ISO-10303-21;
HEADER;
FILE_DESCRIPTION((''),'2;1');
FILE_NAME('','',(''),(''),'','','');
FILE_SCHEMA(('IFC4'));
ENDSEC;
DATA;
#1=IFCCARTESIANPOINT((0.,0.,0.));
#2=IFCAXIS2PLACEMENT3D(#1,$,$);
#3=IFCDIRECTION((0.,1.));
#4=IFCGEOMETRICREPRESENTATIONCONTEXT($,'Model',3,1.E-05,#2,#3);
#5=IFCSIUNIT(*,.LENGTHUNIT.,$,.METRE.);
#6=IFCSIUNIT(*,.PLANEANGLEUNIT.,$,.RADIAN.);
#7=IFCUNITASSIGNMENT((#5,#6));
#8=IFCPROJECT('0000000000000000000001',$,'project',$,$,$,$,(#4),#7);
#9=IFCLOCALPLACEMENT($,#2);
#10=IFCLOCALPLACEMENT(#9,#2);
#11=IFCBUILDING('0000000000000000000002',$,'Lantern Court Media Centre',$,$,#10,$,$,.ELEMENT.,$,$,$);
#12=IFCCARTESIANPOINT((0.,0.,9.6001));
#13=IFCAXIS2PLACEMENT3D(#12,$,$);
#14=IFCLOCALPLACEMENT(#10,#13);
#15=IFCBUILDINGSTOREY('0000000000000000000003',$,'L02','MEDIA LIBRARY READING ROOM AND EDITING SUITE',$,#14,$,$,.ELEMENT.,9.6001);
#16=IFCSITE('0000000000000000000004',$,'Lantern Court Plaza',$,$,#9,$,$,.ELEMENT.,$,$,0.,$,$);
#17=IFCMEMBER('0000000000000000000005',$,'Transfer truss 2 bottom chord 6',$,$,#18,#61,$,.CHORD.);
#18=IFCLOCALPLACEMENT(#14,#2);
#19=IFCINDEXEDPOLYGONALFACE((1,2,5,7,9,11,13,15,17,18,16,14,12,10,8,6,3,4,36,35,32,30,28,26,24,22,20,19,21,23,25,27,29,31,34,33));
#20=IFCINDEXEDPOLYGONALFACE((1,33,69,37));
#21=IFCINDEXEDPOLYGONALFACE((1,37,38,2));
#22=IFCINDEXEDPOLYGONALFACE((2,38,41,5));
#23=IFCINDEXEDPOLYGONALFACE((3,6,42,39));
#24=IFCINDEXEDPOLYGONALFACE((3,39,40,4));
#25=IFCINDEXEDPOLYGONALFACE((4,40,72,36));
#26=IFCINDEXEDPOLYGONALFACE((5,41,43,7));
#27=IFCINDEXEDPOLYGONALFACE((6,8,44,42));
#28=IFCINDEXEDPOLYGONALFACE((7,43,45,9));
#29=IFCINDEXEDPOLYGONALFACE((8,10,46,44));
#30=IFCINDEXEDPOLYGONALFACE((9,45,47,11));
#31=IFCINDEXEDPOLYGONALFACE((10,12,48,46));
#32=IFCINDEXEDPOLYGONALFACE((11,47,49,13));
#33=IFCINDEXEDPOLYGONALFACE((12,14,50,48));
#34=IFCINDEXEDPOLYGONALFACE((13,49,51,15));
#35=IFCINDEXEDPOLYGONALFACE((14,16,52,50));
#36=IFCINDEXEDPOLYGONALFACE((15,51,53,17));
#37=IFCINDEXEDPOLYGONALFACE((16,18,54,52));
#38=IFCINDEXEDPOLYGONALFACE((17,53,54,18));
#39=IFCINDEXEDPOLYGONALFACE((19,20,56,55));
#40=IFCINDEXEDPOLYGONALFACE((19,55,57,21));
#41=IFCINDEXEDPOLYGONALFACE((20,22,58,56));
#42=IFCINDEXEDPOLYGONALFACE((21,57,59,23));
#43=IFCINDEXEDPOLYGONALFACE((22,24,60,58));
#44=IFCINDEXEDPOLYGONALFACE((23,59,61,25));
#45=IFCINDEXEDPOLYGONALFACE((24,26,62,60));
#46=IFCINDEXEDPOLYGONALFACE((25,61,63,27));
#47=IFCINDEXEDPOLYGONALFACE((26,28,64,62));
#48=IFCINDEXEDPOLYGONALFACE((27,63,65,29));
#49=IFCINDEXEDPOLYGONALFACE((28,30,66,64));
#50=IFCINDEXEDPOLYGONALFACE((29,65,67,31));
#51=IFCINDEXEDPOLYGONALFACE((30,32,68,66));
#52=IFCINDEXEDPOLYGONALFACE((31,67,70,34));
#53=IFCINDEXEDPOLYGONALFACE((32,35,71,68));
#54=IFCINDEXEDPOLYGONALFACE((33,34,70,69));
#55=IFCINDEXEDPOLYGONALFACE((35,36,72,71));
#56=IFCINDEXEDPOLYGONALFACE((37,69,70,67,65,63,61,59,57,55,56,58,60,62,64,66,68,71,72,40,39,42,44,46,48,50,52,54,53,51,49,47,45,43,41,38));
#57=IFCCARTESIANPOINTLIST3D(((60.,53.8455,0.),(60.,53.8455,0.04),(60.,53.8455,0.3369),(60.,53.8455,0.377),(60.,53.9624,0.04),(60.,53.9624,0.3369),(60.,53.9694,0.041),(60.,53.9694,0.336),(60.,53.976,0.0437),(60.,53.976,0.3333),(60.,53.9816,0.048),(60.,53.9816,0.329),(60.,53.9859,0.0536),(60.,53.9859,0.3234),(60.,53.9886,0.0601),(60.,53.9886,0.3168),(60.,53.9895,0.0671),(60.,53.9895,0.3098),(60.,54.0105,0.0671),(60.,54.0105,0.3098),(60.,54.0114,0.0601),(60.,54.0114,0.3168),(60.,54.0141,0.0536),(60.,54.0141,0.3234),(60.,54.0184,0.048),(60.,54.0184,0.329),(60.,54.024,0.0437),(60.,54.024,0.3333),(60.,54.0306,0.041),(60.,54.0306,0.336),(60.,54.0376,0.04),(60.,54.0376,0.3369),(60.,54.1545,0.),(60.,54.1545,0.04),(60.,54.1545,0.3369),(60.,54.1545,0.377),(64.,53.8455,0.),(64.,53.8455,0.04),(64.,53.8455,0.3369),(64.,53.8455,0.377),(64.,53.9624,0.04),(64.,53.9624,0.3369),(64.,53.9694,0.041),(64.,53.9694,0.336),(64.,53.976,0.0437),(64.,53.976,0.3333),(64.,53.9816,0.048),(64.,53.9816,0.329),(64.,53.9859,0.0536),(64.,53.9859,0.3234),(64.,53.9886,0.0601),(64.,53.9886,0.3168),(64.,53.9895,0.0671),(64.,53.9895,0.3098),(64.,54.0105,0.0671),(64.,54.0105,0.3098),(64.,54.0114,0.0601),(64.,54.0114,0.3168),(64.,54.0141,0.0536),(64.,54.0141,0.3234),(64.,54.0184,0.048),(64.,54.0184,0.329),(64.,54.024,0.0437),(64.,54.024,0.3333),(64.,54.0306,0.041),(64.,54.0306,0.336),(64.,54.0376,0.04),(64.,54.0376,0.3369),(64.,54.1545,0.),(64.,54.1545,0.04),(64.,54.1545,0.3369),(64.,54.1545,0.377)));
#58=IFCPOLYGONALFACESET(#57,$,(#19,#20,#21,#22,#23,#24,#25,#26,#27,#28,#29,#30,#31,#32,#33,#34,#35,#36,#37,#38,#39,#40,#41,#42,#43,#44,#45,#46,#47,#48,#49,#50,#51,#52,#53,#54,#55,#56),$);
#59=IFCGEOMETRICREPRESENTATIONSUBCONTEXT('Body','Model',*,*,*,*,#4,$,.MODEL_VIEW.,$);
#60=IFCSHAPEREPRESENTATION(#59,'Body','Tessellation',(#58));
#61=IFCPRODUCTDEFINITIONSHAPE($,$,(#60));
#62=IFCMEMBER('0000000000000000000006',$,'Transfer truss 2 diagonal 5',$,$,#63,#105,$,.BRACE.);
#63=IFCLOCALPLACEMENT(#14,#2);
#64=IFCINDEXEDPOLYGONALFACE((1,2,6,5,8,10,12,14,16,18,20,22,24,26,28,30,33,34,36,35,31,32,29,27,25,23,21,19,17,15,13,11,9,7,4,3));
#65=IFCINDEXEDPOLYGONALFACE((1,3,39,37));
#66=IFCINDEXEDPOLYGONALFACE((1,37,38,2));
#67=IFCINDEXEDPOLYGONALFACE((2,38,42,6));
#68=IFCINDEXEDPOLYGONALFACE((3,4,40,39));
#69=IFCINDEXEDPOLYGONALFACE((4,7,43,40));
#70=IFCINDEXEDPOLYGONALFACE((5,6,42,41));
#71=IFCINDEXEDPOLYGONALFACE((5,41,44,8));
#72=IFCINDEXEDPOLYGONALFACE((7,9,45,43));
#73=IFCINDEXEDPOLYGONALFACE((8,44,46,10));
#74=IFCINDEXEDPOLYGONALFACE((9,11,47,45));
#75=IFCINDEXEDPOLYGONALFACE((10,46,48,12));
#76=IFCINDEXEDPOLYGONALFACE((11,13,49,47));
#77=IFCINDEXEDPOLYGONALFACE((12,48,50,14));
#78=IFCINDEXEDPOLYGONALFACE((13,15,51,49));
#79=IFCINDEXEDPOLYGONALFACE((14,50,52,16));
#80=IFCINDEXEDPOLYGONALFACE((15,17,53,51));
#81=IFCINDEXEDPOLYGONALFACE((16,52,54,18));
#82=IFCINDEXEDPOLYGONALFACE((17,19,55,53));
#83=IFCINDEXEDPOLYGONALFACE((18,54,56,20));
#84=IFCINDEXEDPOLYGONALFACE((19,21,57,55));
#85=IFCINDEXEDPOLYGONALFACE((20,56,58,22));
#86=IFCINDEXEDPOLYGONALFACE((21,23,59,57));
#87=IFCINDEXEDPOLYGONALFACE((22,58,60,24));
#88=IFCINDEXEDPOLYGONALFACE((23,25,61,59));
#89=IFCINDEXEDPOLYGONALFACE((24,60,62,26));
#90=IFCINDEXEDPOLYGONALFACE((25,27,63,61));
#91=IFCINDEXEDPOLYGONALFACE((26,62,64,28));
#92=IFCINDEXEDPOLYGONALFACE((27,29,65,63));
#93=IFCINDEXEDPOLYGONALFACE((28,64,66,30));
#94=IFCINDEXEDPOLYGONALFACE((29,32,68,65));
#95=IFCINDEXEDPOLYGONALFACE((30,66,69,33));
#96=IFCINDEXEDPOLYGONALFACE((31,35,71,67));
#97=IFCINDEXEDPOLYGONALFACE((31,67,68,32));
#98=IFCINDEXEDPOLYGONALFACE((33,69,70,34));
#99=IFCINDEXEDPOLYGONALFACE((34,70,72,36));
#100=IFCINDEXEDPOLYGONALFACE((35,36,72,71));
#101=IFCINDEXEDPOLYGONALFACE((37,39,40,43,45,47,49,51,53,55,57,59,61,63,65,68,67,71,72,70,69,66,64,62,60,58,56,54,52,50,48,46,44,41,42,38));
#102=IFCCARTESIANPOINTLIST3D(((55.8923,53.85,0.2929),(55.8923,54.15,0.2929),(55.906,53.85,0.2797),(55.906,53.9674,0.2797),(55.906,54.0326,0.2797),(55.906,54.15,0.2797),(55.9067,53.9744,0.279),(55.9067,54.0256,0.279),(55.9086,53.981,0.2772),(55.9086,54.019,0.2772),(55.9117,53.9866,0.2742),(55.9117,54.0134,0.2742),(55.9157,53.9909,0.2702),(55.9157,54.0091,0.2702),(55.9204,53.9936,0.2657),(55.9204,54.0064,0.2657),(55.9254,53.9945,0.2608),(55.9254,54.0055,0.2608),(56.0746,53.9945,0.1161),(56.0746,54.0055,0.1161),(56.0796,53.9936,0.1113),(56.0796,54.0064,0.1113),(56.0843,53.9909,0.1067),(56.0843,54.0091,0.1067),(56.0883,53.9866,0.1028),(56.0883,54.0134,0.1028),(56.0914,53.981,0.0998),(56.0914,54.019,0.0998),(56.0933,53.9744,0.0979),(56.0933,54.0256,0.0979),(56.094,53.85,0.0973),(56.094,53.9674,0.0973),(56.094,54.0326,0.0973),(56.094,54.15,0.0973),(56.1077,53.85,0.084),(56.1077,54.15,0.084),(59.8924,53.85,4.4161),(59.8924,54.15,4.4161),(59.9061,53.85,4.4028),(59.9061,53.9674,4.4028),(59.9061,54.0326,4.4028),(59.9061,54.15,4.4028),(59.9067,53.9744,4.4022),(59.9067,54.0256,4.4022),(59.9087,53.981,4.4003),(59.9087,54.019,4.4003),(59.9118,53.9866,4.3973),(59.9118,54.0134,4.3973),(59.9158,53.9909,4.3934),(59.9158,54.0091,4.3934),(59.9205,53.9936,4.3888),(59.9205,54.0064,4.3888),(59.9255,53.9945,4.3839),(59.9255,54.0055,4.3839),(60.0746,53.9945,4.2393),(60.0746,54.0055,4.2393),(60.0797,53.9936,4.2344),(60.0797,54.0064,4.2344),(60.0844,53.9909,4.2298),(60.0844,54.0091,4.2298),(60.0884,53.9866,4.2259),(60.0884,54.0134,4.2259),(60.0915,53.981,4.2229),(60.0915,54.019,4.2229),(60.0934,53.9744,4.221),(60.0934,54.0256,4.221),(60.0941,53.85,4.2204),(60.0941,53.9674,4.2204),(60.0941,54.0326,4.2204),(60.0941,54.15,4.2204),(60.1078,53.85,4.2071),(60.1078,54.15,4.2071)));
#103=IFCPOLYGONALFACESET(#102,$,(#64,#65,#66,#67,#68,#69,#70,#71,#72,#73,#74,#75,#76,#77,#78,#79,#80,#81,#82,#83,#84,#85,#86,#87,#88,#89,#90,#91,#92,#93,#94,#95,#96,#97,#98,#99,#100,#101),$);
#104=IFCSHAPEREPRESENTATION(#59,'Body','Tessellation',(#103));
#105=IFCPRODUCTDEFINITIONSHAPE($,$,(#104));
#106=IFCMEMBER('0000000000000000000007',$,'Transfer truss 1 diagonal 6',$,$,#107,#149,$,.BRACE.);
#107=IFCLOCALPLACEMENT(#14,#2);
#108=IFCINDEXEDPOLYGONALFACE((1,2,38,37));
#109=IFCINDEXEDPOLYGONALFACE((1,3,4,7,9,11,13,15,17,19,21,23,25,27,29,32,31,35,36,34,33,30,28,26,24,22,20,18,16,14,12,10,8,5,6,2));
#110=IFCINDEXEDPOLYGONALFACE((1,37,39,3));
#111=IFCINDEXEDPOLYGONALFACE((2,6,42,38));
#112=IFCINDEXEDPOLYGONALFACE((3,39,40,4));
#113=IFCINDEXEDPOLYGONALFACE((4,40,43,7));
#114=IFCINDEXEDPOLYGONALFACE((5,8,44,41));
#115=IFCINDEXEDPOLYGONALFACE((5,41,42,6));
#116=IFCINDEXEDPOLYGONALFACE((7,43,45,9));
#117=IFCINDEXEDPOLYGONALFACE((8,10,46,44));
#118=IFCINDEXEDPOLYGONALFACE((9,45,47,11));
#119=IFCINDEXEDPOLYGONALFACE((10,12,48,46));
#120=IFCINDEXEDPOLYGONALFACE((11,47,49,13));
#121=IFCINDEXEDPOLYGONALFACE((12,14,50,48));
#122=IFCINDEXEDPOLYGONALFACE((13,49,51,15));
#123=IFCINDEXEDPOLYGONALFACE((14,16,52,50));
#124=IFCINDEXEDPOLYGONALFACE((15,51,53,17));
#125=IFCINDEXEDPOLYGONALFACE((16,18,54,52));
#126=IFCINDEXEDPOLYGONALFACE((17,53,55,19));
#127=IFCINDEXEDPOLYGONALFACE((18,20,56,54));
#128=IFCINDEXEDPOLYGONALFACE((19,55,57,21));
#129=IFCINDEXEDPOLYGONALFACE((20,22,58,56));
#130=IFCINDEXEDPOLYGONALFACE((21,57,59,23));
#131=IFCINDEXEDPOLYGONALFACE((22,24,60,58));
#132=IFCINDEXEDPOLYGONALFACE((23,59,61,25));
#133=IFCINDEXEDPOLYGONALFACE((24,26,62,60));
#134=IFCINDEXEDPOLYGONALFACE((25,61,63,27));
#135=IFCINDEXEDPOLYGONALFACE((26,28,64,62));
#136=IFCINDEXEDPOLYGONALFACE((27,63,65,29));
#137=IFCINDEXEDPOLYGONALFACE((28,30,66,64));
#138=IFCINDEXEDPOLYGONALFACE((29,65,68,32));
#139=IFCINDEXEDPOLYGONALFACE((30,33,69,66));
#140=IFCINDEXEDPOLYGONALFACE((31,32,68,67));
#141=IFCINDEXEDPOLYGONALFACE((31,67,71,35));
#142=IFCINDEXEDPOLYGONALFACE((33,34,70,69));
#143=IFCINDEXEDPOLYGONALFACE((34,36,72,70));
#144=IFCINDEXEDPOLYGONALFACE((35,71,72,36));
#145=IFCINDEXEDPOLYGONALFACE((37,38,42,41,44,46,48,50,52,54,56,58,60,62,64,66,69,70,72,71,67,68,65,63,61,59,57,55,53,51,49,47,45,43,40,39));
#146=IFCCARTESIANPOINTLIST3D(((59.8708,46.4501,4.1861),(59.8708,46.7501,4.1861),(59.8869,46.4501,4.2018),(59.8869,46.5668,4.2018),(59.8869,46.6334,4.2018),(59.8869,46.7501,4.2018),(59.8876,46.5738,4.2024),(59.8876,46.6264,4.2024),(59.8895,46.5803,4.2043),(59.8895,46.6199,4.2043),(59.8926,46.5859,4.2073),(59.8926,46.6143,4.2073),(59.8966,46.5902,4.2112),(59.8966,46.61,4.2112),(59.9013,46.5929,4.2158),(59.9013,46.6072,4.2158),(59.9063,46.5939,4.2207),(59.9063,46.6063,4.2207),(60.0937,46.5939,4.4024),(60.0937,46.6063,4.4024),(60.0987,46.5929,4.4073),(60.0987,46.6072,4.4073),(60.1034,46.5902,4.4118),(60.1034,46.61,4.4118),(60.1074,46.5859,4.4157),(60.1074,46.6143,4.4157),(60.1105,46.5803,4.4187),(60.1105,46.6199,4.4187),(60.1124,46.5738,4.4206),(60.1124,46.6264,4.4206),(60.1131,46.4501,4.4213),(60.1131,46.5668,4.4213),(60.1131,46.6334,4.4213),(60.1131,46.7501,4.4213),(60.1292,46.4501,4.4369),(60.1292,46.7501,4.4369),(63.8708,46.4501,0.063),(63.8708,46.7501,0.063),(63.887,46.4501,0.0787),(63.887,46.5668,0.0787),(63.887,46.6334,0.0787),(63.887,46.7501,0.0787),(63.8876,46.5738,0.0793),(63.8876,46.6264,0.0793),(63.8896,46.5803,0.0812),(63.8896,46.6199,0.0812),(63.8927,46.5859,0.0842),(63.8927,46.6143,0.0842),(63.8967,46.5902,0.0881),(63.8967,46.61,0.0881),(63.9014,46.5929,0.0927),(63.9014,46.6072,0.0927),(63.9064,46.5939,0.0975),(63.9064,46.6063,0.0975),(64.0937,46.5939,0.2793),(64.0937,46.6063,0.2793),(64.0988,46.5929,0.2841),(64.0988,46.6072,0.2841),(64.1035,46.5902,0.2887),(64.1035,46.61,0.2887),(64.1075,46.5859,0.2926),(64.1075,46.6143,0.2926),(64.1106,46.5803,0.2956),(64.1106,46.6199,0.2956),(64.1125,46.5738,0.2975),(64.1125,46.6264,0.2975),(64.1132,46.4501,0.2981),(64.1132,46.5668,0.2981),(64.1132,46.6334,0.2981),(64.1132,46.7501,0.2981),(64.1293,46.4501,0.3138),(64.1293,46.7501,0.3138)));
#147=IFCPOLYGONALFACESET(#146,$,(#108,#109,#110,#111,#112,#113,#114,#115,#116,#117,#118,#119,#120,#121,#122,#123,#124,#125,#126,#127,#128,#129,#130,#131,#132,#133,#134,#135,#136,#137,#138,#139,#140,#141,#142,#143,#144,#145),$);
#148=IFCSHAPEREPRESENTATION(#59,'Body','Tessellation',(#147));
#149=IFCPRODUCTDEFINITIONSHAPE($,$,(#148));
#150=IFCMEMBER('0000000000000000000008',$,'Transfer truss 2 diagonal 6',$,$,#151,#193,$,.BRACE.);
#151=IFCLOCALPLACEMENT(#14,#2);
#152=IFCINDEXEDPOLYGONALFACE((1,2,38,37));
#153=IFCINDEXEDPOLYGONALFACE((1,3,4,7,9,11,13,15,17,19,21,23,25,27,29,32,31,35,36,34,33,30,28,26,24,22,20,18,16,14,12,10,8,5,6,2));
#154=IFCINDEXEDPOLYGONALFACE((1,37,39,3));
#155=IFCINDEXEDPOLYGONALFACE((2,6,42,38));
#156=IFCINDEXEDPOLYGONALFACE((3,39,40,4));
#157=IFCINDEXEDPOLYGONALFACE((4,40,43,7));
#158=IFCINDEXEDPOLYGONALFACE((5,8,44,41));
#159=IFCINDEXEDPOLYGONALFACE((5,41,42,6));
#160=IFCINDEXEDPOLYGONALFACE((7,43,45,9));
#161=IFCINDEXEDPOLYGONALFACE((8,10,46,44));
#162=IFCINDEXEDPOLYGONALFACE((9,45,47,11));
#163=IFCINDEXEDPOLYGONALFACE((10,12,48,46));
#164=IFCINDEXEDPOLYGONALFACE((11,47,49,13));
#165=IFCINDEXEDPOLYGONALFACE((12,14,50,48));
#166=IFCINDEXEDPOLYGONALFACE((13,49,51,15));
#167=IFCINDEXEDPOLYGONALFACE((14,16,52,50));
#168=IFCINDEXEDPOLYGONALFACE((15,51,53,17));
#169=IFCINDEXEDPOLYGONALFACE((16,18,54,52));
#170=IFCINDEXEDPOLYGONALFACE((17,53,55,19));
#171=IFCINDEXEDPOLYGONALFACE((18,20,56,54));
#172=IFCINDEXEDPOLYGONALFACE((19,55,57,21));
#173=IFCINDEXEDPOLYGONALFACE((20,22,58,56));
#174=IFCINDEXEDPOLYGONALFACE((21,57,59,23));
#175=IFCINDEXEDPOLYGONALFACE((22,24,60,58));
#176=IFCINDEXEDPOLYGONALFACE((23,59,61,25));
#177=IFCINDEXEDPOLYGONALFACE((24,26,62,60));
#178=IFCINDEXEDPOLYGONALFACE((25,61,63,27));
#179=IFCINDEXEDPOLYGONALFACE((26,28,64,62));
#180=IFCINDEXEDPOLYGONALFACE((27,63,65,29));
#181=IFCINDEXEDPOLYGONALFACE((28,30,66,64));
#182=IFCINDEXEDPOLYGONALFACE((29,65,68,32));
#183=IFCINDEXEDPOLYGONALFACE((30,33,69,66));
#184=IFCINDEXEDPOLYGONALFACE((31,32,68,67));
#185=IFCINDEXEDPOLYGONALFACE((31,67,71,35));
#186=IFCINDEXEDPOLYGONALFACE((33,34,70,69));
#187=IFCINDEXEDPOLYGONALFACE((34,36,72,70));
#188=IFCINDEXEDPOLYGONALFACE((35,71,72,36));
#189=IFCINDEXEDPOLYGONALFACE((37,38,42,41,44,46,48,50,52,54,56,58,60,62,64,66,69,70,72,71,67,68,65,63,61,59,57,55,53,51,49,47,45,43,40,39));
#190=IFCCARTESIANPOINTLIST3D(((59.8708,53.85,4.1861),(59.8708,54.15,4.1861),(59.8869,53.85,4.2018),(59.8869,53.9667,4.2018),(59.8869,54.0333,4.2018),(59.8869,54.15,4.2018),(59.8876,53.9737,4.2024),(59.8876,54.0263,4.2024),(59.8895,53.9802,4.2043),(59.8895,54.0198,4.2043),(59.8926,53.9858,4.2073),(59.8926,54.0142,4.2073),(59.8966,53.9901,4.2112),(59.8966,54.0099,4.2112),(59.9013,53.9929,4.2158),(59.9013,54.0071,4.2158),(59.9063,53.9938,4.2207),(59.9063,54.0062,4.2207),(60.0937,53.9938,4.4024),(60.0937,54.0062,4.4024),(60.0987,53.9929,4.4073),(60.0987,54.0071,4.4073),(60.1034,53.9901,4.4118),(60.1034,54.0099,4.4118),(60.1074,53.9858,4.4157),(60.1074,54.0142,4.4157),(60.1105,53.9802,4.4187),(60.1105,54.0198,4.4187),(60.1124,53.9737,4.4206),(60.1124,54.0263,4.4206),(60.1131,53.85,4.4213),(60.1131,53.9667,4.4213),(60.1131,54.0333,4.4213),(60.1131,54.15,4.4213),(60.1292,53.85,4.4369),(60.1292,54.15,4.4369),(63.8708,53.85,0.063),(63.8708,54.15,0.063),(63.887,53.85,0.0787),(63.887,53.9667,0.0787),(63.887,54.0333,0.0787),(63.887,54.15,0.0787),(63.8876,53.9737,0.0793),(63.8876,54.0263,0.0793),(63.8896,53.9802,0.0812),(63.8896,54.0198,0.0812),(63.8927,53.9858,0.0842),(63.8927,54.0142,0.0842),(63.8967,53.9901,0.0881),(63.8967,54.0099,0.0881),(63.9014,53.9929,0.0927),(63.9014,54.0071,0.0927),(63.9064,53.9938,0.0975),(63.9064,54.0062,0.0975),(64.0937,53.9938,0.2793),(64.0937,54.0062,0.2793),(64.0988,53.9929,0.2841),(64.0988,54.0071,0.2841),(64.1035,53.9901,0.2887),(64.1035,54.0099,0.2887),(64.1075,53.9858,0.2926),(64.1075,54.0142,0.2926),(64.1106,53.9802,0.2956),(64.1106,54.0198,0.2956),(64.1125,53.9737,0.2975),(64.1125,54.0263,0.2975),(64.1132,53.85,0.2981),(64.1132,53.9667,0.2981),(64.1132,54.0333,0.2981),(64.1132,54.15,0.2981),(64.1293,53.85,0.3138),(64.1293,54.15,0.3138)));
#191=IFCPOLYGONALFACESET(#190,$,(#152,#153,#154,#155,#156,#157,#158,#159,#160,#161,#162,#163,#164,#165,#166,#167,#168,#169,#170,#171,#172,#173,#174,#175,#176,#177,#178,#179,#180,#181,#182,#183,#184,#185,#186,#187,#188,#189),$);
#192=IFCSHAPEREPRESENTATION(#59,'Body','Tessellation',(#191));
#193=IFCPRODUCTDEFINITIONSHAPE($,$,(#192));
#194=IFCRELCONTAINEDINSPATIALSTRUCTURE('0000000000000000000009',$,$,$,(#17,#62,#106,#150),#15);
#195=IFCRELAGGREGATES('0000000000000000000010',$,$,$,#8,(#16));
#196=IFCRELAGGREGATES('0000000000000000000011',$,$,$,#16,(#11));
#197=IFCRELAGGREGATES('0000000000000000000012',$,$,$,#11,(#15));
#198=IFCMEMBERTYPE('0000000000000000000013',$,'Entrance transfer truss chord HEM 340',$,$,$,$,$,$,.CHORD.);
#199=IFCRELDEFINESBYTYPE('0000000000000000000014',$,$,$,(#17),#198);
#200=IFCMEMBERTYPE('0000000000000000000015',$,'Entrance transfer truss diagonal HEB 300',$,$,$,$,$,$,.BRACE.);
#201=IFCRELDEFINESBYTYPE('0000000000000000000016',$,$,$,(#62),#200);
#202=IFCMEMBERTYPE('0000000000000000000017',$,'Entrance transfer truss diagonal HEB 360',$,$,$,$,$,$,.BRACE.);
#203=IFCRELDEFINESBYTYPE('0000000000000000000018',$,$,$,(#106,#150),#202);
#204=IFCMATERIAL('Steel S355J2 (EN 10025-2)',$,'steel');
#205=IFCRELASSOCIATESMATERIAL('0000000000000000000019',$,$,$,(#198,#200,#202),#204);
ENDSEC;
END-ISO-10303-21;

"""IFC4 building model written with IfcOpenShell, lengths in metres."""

from ifc_helpers import new_model, si_unit, direction, frame, origin, origin_2d, place, context, subcontext, project, spatial, i_section, extrude, material, material_profile, profile_set, type_object, element, save


model = new_model("IFC4")

# Units and contexts
model_context = context("Model", 3, precision=1e-05, world=origin(), true_north=direction((0.0, 1.0)))
body_context = subcontext(model_context, "Body", "Model", "MODEL_VIEW")
ifc_project = project(units=[si_unit("LENGTHUNIT", "METRE"), si_unit("PLANEANGLEUNIT", "RADIAN")], contexts=[model_context])

# Site, building, storey
site_placement = place(None, origin())
site = spatial("IfcSite", under=ifc_project, at=site_placement, Name="Lantern Court Plaza", CompositionType="ELEMENT", RefElevation=0.0)
building_placement = place(site_placement, origin())
building = spatial("IfcBuilding", under=site, at=building_placement, Name="Lantern Court Media Centre", CompositionType="ELEMENT")
storey_placement = place(building_placement, frame((0.0, 0.0, 9.6001)))
storey = spatial("IfcBuildingStorey", under=building, at=storey_placement, Name="L02", Description="MEDIA LIBRARY READING ROOM AND EDITING SUITE", CompositionType="ELEMENT", Elevation=9.6001)

# Members
ifc_material_1 = material(Name="Steel S355J2 (EN 10025-2)", Category="steel")
ifc_material_profile_1 = material_profile(ifc_material_1, i_section(OverallWidth=0.3091, OverallDepth=0.377, WebThickness=0.021, FlangeThickness=0.04, FilletRadius=0.0271, at=origin_2d()), Name="HEM 340")
ifc_profile_set_1 = profile_set([ifc_material_profile_1], Name="Steel S355J2 (EN 10025-2)")
member_type_1 = type_object("IfcMemberType", Name="Entrance transfer truss chord HEM 340", PredefinedType="CHORD", material=ifc_profile_set_1)
for number, where, z_axis, x_axis, name in (
    (1, (60.0, 54.0, 0.1885), (1.0, 0.0, 0.0), (0.0, 1.0, 0.0), "Transfer truss 2 bottom chord 6"),
):
    element("IfcMember", number, at=place(storey_placement, frame(where, z_axis=z_axis, x_axis=x_axis)), inside=storey, type_object=member_type_1, Name=name, PredefinedType="CHORD", context=body_context, shape_type="SweptSolid", body=[
        extrude(i_section(OverallWidth=0.3091, OverallDepth=0.377, WebThickness=0.021, FlangeThickness=0.04, FilletRadius=0.0271, at=origin_2d()), origin(), (0.0, 0.0, 1.0), 4.0),
    ])
ifc_material_profile_2 = material_profile(ifc_material_1, i_section(OverallWidth=0.3, OverallDepth=0.3, WebThickness=0.011, FlangeThickness=0.019, FilletRadius=0.0271, at=origin_2d()), Name="HEB 300")
ifc_profile_set_2 = profile_set([ifc_material_profile_2], Name="Steel S355J2 (EN 10025-2)")
member_type_2 = type_object("IfcMemberType", Name="Entrance transfer truss diagonal HEB 300", PredefinedType="BRACE", material=ifc_profile_set_2)
member_1_placement = place(storey_placement, frame((56.0, 54.0, 0.1885), z_axis=(0.696316, 0.0, 0.717736), x_axis=(0.0, 1.0, 0.0)))
element("IfcMember", 2, at=member_1_placement, inside=storey, type_object=member_type_2, Name="Transfer truss 2 diagonal 5", PredefinedType="BRACE", context=body_context, shape_type="SweptSolid", body=[
    extrude(i_section(OverallWidth=0.3, OverallDepth=0.3, WebThickness=0.011, FlangeThickness=0.019, FilletRadius=0.0271, at=origin_2d()), origin(), (0.0, 0.0, 1.0), 5.7446),
])
ifc_material_profile_3 = material_profile(ifc_material_1, i_section(OverallWidth=0.3, OverallDepth=0.3601, WebThickness=0.0125, FlangeThickness=0.0225, FilletRadius=0.0271, at=origin_2d()), Name="HEB 360")
ifc_profile_set_3 = profile_set([ifc_material_profile_3], Name="Steel S355J2 (EN 10025-2)")
member_type_3 = type_object("IfcMemberType", Name="Entrance transfer truss diagonal HEB 360", PredefinedType="BRACE", material=ifc_profile_set_3)
for number, where, z_axis, x_axis, name in (
    (3, (60.0, 46.6001, 4.3115), (0.696316, 0.0, -0.717736), (0.0, 1.0, 0.0), "Transfer truss 1 diagonal 6"),
    (4, (60.0, 54.0, 4.3115), (0.696316, 0.0, -0.717736), (0.0, 1.0, 0.0), "Transfer truss 2 diagonal 6"),
):
    element("IfcMember", number, at=place(storey_placement, frame(where, z_axis=z_axis, x_axis=x_axis)), inside=storey, type_object=member_type_3, Name=name, PredefinedType="BRACE", context=body_context, shape_type="SweptSolid", body=[
        extrude(i_section(OverallWidth=0.3, OverallDepth=0.3601, WebThickness=0.0125, FlangeThickness=0.0225, FilletRadius=0.0271, at=origin_2d()), origin(), (0.0, 0.0, 1.0), 5.7446),
    ])

save(model, "model.ifc")
